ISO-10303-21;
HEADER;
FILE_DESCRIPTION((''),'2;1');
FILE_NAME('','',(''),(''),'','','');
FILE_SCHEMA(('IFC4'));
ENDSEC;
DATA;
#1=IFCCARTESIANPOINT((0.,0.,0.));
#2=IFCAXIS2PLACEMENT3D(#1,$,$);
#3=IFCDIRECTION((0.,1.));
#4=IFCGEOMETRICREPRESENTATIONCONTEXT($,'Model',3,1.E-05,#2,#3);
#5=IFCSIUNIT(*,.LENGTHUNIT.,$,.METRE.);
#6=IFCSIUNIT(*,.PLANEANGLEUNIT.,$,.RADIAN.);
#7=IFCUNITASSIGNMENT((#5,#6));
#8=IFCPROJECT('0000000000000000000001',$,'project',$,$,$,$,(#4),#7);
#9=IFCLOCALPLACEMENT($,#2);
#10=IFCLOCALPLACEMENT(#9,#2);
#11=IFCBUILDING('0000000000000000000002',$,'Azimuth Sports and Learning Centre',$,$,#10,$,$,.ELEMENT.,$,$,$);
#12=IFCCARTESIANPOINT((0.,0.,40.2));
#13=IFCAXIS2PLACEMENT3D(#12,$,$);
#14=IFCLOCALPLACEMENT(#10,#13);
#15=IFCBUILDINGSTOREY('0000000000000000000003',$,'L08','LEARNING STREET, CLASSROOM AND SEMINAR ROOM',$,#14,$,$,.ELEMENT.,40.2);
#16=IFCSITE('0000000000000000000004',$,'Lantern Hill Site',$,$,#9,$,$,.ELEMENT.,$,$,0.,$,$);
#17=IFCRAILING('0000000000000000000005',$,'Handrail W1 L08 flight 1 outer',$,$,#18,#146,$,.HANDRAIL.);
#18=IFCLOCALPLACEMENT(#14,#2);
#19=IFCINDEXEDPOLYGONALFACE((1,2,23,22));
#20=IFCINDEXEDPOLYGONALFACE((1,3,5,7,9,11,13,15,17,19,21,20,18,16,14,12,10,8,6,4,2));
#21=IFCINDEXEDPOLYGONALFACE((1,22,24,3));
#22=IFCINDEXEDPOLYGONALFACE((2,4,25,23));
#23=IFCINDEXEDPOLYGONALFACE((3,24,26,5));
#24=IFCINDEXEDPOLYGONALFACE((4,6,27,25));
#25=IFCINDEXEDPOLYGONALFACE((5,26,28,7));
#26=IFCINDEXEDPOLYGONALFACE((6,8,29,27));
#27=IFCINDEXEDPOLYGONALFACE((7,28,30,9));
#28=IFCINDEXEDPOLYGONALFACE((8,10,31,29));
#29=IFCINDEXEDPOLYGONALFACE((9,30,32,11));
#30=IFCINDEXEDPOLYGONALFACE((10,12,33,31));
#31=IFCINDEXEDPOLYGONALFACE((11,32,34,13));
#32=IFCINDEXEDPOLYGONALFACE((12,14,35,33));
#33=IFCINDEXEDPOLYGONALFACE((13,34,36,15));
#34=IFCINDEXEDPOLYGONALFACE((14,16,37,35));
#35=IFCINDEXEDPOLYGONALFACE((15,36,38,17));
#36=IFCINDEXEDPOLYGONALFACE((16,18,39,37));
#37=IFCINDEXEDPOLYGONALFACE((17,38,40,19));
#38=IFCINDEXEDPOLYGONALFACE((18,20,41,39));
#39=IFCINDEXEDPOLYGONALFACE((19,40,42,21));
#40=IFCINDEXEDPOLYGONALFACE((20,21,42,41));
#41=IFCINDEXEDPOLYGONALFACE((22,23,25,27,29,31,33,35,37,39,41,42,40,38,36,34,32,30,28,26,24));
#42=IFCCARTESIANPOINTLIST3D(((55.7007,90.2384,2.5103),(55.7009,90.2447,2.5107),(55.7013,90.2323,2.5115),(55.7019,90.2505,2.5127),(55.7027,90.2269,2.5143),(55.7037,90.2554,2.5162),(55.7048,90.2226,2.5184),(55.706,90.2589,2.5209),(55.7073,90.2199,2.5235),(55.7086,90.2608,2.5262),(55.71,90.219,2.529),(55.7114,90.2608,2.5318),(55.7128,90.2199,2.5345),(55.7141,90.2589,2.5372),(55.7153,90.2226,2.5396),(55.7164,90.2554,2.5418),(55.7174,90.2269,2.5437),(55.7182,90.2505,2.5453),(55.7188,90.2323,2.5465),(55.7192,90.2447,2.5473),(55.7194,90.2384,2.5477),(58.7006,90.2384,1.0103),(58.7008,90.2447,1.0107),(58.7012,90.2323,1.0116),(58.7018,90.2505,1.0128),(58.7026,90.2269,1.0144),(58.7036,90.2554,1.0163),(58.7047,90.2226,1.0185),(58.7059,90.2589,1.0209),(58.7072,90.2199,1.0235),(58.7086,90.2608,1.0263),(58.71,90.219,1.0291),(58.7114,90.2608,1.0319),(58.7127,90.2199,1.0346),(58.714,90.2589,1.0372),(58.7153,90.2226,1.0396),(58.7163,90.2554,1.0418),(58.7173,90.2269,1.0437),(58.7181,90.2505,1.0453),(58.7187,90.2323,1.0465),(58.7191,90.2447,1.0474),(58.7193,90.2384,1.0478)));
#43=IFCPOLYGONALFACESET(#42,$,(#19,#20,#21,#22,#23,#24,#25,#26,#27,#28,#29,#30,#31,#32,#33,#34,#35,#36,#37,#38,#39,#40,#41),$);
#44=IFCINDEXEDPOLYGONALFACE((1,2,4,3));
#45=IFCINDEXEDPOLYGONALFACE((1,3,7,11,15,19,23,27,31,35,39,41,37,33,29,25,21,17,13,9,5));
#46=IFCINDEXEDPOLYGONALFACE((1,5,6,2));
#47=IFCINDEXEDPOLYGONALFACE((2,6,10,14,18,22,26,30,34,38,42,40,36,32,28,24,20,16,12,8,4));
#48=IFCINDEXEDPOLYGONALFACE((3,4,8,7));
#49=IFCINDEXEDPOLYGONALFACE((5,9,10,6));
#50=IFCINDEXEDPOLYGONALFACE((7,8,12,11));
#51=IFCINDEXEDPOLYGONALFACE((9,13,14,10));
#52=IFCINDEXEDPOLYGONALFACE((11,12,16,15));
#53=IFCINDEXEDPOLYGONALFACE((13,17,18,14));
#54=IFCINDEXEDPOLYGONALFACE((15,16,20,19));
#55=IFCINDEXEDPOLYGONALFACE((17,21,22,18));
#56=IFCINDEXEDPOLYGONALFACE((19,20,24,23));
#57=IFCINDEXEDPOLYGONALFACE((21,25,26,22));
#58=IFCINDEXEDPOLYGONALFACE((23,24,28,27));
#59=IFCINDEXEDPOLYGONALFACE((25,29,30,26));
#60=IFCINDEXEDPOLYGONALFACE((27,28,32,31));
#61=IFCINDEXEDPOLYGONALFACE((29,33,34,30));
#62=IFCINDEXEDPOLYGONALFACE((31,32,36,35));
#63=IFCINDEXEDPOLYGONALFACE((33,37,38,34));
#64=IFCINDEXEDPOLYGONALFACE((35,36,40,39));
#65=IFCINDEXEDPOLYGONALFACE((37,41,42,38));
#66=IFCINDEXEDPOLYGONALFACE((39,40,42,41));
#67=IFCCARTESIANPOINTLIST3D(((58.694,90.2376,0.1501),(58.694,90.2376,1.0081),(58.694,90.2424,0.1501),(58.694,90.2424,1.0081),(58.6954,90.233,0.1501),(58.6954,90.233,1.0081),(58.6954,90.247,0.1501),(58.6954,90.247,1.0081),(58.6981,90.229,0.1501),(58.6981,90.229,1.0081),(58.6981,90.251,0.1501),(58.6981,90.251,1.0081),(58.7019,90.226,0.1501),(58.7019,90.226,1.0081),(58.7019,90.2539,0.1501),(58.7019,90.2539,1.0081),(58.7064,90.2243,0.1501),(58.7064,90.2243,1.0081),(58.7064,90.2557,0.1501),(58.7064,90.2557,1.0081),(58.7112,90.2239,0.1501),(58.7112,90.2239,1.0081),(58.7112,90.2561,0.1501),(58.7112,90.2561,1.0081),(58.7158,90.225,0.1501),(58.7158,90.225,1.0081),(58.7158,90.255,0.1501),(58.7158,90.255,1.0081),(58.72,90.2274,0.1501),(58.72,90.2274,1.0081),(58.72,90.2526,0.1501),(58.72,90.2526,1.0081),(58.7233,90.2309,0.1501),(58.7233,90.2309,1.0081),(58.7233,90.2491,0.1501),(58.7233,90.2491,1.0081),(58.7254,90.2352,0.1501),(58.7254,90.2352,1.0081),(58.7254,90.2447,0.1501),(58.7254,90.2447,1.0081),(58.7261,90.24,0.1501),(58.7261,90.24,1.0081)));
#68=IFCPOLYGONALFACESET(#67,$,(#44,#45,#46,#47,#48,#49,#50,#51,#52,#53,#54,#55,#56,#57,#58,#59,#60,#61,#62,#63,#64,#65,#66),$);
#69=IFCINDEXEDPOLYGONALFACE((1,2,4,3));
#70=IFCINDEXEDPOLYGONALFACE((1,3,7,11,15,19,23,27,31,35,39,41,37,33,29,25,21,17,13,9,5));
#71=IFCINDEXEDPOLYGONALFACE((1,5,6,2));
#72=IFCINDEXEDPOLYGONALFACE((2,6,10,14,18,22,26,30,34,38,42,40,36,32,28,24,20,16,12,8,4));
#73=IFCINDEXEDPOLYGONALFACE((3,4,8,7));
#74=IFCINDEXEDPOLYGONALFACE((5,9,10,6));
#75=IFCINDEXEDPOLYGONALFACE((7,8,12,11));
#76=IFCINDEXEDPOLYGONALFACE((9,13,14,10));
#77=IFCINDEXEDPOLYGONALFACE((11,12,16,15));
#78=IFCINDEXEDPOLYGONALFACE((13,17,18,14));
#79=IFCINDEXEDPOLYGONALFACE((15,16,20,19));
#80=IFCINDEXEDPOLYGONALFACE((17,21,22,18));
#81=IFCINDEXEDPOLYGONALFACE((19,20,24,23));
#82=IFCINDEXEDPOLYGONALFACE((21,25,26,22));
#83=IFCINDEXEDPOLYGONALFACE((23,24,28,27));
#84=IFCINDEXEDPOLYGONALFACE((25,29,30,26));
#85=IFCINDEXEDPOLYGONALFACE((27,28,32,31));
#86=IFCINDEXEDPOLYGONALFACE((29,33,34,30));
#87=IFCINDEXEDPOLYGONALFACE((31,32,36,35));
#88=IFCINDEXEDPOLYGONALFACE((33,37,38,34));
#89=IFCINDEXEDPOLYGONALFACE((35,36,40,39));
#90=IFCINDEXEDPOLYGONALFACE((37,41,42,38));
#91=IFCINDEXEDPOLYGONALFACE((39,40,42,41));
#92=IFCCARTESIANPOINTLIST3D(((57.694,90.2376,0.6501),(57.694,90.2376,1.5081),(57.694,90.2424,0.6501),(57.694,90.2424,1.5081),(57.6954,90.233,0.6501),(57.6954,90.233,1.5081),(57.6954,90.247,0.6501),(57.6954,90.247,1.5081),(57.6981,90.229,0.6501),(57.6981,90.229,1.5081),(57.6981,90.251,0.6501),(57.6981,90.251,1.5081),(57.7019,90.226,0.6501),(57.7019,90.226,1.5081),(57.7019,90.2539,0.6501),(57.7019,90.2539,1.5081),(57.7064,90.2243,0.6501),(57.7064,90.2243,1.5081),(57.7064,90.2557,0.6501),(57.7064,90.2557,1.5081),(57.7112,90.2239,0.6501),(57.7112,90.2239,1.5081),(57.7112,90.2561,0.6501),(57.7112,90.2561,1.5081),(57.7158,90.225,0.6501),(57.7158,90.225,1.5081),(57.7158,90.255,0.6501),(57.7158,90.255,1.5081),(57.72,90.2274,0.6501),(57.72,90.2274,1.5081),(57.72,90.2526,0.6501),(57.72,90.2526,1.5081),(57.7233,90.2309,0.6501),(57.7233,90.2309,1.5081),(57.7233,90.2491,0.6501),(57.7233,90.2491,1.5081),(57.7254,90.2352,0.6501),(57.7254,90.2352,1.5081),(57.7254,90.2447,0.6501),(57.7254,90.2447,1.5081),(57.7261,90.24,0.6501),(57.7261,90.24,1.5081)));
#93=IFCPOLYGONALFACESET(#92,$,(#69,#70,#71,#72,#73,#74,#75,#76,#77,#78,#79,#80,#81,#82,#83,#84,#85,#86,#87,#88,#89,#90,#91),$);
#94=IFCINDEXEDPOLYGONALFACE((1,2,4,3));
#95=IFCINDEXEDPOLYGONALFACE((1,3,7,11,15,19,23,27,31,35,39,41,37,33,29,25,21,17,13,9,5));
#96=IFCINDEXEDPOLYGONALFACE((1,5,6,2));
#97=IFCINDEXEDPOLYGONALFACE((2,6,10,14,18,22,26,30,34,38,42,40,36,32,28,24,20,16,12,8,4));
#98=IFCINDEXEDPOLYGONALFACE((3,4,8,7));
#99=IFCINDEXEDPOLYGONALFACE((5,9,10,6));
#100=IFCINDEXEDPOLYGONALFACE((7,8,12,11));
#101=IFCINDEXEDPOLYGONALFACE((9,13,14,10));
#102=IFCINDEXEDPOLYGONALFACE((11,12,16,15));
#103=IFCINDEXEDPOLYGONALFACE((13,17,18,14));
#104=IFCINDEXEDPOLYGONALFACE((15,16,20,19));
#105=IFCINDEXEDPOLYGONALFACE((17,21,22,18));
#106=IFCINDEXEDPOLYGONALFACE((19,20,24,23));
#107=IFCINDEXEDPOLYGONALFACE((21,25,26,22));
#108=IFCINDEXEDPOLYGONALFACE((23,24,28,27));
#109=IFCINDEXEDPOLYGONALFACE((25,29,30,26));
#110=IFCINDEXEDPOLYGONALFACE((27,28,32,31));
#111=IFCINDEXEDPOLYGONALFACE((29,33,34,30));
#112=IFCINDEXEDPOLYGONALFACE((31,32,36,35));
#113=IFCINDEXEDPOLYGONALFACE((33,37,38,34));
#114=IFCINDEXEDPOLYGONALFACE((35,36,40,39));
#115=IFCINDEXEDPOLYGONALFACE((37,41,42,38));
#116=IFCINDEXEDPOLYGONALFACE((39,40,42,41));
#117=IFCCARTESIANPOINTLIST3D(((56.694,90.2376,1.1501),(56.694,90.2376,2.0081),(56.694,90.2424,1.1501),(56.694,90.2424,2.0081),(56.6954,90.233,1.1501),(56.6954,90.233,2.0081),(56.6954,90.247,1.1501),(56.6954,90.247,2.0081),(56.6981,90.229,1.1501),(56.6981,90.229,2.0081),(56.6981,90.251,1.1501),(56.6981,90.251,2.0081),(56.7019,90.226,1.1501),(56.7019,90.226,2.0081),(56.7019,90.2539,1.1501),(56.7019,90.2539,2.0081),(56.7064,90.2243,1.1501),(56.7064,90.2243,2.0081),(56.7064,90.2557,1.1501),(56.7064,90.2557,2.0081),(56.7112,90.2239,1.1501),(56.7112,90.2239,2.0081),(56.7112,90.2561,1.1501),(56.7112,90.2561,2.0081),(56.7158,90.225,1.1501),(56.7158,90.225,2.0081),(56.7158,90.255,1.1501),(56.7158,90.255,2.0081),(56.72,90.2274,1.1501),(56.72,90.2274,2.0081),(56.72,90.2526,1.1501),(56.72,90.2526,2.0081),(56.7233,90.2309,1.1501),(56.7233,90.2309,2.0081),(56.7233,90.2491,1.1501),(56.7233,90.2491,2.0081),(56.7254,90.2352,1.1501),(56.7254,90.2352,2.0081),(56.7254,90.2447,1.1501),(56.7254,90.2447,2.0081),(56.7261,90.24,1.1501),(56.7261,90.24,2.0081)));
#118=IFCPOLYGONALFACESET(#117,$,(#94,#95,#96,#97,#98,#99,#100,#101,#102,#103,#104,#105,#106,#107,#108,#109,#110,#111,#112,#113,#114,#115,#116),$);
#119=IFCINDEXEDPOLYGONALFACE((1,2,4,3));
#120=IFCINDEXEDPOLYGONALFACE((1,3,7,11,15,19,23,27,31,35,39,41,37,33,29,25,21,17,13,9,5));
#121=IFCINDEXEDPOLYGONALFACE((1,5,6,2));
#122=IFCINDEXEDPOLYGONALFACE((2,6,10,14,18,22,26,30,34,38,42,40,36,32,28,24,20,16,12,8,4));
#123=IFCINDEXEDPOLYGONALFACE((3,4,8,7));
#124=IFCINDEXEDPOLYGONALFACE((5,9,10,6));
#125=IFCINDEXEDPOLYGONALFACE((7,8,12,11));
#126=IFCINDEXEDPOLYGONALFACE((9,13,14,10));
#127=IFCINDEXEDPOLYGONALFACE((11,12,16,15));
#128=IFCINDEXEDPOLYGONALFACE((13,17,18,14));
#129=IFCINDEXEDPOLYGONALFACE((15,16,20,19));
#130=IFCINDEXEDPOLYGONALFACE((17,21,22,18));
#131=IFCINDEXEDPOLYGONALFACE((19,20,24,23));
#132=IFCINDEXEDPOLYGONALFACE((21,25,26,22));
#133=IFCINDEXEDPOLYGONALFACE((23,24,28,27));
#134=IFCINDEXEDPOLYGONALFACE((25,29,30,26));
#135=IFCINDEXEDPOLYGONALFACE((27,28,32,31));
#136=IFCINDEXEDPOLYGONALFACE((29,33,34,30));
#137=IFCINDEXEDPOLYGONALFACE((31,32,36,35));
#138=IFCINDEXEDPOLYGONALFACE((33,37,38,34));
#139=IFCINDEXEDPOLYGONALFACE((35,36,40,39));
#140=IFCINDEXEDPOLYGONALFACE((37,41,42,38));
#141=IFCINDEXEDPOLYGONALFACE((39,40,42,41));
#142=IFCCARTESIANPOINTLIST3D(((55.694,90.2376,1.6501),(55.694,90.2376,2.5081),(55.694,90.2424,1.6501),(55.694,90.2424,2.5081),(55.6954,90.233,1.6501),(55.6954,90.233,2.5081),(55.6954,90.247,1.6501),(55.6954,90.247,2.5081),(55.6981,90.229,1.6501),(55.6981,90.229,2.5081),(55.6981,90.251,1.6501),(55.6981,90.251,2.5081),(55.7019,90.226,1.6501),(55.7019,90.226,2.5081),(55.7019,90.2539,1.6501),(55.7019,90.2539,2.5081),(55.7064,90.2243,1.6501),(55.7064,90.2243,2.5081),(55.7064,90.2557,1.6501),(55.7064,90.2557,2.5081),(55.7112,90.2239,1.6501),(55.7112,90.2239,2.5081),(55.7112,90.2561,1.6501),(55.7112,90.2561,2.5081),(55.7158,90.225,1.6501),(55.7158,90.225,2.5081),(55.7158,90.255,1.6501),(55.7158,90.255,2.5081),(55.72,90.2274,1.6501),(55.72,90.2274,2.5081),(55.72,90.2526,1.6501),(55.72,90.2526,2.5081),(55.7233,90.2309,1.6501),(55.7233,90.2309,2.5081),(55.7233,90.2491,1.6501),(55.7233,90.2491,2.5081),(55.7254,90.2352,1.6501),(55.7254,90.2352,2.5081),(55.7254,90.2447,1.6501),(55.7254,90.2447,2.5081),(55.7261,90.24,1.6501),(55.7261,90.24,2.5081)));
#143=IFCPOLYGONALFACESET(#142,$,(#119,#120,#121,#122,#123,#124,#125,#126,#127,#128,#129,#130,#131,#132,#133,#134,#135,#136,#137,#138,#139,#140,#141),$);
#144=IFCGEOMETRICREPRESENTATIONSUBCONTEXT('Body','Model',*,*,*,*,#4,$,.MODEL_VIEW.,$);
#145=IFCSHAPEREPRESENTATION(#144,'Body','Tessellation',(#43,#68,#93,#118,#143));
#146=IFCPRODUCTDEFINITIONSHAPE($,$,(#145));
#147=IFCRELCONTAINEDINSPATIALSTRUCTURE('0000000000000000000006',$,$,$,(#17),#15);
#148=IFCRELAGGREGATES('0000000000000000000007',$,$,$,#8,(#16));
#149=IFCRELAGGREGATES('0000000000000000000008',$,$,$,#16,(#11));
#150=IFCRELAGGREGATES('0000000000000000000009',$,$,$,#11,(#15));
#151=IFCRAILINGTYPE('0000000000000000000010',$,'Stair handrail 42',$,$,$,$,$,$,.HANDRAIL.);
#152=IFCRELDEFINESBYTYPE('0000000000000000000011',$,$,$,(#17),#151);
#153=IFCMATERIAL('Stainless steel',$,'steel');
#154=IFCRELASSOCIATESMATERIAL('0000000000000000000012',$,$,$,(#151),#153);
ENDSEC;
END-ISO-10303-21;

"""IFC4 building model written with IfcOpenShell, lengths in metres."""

from ifc_helpers import new_model, si_unit, direction, frame, origin, origin_2d, place, context, subcontext, project, spatial, circle, extrude, material, type_object, element, save


model = new_model("IFC4")

# Units and contexts
model_context = context("Model", 3, precision=1e-05, world=origin(), true_north=direction((0.0, 1.0)))
body_context = subcontext(model_context, "Body", "Model", "MODEL_VIEW")
ifc_project = project(units=[si_unit("LENGTHUNIT", "METRE"), si_unit("PLANEANGLEUNIT", "RADIAN")], contexts=[model_context])

# Site, building, storey
site_placement = place(None, origin())
site = spatial("IfcSite", under=ifc_project, at=site_placement, Name="Lantern Hill Site", CompositionType="ELEMENT", RefElevation=0.0)
building_placement = place(site_placement, origin())
building = spatial("IfcBuilding", under=site, at=building_placement, Name="Azimuth Sports and Learning Centre", CompositionType="ELEMENT")
storey_placement = place(building_placement, frame((0.0, 0.0, 40.2)))
storey = spatial("IfcBuildingStorey", under=building, at=storey_placement, Name="L08", Description="LEARNING STREET, CLASSROOM AND SEMINAR ROOM", CompositionType="ELEMENT", Elevation=40.2)

# Railing
ifc_material_1 = material(Name="Stainless steel", Category="steel")
railing_type_1 = type_object("IfcRailingType", Name="Stair handrail 42", PredefinedType="HANDRAIL", material=ifc_material_1)
for number, where, name in (
    (1, (58.71, 90.24, 0.1501), "Handrail W1 L08 flight 1 outer"),
):
    element("IfcRailing", number, at=place(storey_placement, frame(where)), inside=storey, type_object=railing_type_1, Name=name, PredefinedType="HANDRAIL", context=body_context, shape_type="SweptSolid", body=[
        extrude(circle(Radius=0.021, at=origin_2d()), frame((0.0, 0.0, 0.8789), z_axis=(-0.894427, 0.0, 0.447214), x_axis=(0.0, -1.0, 0.0)), (0.0, 0.0, 1.0), 3.354),
        extrude(circle(Radius=0.0161, at=origin_2d()), origin(), (0.0, 0.0, 1.0), 0.8579),
        extrude(circle(Radius=0.0161, at=origin_2d()), frame((-1.0, 0.0, 0.5)), (0.0, 0.0, 1.0), 0.8579),
        extrude(circle(Radius=0.0161, at=origin_2d()), frame((-2.0, 0.0, 1.0)), (0.0, 0.0, 1.0), 0.8579),
        extrude(circle(Radius=0.0161, at=origin_2d()), frame((-3.0, 0.0, 1.5)), (0.0, 0.0, 1.0), 0.8579),
    ])

save(model, "model.ifc")
